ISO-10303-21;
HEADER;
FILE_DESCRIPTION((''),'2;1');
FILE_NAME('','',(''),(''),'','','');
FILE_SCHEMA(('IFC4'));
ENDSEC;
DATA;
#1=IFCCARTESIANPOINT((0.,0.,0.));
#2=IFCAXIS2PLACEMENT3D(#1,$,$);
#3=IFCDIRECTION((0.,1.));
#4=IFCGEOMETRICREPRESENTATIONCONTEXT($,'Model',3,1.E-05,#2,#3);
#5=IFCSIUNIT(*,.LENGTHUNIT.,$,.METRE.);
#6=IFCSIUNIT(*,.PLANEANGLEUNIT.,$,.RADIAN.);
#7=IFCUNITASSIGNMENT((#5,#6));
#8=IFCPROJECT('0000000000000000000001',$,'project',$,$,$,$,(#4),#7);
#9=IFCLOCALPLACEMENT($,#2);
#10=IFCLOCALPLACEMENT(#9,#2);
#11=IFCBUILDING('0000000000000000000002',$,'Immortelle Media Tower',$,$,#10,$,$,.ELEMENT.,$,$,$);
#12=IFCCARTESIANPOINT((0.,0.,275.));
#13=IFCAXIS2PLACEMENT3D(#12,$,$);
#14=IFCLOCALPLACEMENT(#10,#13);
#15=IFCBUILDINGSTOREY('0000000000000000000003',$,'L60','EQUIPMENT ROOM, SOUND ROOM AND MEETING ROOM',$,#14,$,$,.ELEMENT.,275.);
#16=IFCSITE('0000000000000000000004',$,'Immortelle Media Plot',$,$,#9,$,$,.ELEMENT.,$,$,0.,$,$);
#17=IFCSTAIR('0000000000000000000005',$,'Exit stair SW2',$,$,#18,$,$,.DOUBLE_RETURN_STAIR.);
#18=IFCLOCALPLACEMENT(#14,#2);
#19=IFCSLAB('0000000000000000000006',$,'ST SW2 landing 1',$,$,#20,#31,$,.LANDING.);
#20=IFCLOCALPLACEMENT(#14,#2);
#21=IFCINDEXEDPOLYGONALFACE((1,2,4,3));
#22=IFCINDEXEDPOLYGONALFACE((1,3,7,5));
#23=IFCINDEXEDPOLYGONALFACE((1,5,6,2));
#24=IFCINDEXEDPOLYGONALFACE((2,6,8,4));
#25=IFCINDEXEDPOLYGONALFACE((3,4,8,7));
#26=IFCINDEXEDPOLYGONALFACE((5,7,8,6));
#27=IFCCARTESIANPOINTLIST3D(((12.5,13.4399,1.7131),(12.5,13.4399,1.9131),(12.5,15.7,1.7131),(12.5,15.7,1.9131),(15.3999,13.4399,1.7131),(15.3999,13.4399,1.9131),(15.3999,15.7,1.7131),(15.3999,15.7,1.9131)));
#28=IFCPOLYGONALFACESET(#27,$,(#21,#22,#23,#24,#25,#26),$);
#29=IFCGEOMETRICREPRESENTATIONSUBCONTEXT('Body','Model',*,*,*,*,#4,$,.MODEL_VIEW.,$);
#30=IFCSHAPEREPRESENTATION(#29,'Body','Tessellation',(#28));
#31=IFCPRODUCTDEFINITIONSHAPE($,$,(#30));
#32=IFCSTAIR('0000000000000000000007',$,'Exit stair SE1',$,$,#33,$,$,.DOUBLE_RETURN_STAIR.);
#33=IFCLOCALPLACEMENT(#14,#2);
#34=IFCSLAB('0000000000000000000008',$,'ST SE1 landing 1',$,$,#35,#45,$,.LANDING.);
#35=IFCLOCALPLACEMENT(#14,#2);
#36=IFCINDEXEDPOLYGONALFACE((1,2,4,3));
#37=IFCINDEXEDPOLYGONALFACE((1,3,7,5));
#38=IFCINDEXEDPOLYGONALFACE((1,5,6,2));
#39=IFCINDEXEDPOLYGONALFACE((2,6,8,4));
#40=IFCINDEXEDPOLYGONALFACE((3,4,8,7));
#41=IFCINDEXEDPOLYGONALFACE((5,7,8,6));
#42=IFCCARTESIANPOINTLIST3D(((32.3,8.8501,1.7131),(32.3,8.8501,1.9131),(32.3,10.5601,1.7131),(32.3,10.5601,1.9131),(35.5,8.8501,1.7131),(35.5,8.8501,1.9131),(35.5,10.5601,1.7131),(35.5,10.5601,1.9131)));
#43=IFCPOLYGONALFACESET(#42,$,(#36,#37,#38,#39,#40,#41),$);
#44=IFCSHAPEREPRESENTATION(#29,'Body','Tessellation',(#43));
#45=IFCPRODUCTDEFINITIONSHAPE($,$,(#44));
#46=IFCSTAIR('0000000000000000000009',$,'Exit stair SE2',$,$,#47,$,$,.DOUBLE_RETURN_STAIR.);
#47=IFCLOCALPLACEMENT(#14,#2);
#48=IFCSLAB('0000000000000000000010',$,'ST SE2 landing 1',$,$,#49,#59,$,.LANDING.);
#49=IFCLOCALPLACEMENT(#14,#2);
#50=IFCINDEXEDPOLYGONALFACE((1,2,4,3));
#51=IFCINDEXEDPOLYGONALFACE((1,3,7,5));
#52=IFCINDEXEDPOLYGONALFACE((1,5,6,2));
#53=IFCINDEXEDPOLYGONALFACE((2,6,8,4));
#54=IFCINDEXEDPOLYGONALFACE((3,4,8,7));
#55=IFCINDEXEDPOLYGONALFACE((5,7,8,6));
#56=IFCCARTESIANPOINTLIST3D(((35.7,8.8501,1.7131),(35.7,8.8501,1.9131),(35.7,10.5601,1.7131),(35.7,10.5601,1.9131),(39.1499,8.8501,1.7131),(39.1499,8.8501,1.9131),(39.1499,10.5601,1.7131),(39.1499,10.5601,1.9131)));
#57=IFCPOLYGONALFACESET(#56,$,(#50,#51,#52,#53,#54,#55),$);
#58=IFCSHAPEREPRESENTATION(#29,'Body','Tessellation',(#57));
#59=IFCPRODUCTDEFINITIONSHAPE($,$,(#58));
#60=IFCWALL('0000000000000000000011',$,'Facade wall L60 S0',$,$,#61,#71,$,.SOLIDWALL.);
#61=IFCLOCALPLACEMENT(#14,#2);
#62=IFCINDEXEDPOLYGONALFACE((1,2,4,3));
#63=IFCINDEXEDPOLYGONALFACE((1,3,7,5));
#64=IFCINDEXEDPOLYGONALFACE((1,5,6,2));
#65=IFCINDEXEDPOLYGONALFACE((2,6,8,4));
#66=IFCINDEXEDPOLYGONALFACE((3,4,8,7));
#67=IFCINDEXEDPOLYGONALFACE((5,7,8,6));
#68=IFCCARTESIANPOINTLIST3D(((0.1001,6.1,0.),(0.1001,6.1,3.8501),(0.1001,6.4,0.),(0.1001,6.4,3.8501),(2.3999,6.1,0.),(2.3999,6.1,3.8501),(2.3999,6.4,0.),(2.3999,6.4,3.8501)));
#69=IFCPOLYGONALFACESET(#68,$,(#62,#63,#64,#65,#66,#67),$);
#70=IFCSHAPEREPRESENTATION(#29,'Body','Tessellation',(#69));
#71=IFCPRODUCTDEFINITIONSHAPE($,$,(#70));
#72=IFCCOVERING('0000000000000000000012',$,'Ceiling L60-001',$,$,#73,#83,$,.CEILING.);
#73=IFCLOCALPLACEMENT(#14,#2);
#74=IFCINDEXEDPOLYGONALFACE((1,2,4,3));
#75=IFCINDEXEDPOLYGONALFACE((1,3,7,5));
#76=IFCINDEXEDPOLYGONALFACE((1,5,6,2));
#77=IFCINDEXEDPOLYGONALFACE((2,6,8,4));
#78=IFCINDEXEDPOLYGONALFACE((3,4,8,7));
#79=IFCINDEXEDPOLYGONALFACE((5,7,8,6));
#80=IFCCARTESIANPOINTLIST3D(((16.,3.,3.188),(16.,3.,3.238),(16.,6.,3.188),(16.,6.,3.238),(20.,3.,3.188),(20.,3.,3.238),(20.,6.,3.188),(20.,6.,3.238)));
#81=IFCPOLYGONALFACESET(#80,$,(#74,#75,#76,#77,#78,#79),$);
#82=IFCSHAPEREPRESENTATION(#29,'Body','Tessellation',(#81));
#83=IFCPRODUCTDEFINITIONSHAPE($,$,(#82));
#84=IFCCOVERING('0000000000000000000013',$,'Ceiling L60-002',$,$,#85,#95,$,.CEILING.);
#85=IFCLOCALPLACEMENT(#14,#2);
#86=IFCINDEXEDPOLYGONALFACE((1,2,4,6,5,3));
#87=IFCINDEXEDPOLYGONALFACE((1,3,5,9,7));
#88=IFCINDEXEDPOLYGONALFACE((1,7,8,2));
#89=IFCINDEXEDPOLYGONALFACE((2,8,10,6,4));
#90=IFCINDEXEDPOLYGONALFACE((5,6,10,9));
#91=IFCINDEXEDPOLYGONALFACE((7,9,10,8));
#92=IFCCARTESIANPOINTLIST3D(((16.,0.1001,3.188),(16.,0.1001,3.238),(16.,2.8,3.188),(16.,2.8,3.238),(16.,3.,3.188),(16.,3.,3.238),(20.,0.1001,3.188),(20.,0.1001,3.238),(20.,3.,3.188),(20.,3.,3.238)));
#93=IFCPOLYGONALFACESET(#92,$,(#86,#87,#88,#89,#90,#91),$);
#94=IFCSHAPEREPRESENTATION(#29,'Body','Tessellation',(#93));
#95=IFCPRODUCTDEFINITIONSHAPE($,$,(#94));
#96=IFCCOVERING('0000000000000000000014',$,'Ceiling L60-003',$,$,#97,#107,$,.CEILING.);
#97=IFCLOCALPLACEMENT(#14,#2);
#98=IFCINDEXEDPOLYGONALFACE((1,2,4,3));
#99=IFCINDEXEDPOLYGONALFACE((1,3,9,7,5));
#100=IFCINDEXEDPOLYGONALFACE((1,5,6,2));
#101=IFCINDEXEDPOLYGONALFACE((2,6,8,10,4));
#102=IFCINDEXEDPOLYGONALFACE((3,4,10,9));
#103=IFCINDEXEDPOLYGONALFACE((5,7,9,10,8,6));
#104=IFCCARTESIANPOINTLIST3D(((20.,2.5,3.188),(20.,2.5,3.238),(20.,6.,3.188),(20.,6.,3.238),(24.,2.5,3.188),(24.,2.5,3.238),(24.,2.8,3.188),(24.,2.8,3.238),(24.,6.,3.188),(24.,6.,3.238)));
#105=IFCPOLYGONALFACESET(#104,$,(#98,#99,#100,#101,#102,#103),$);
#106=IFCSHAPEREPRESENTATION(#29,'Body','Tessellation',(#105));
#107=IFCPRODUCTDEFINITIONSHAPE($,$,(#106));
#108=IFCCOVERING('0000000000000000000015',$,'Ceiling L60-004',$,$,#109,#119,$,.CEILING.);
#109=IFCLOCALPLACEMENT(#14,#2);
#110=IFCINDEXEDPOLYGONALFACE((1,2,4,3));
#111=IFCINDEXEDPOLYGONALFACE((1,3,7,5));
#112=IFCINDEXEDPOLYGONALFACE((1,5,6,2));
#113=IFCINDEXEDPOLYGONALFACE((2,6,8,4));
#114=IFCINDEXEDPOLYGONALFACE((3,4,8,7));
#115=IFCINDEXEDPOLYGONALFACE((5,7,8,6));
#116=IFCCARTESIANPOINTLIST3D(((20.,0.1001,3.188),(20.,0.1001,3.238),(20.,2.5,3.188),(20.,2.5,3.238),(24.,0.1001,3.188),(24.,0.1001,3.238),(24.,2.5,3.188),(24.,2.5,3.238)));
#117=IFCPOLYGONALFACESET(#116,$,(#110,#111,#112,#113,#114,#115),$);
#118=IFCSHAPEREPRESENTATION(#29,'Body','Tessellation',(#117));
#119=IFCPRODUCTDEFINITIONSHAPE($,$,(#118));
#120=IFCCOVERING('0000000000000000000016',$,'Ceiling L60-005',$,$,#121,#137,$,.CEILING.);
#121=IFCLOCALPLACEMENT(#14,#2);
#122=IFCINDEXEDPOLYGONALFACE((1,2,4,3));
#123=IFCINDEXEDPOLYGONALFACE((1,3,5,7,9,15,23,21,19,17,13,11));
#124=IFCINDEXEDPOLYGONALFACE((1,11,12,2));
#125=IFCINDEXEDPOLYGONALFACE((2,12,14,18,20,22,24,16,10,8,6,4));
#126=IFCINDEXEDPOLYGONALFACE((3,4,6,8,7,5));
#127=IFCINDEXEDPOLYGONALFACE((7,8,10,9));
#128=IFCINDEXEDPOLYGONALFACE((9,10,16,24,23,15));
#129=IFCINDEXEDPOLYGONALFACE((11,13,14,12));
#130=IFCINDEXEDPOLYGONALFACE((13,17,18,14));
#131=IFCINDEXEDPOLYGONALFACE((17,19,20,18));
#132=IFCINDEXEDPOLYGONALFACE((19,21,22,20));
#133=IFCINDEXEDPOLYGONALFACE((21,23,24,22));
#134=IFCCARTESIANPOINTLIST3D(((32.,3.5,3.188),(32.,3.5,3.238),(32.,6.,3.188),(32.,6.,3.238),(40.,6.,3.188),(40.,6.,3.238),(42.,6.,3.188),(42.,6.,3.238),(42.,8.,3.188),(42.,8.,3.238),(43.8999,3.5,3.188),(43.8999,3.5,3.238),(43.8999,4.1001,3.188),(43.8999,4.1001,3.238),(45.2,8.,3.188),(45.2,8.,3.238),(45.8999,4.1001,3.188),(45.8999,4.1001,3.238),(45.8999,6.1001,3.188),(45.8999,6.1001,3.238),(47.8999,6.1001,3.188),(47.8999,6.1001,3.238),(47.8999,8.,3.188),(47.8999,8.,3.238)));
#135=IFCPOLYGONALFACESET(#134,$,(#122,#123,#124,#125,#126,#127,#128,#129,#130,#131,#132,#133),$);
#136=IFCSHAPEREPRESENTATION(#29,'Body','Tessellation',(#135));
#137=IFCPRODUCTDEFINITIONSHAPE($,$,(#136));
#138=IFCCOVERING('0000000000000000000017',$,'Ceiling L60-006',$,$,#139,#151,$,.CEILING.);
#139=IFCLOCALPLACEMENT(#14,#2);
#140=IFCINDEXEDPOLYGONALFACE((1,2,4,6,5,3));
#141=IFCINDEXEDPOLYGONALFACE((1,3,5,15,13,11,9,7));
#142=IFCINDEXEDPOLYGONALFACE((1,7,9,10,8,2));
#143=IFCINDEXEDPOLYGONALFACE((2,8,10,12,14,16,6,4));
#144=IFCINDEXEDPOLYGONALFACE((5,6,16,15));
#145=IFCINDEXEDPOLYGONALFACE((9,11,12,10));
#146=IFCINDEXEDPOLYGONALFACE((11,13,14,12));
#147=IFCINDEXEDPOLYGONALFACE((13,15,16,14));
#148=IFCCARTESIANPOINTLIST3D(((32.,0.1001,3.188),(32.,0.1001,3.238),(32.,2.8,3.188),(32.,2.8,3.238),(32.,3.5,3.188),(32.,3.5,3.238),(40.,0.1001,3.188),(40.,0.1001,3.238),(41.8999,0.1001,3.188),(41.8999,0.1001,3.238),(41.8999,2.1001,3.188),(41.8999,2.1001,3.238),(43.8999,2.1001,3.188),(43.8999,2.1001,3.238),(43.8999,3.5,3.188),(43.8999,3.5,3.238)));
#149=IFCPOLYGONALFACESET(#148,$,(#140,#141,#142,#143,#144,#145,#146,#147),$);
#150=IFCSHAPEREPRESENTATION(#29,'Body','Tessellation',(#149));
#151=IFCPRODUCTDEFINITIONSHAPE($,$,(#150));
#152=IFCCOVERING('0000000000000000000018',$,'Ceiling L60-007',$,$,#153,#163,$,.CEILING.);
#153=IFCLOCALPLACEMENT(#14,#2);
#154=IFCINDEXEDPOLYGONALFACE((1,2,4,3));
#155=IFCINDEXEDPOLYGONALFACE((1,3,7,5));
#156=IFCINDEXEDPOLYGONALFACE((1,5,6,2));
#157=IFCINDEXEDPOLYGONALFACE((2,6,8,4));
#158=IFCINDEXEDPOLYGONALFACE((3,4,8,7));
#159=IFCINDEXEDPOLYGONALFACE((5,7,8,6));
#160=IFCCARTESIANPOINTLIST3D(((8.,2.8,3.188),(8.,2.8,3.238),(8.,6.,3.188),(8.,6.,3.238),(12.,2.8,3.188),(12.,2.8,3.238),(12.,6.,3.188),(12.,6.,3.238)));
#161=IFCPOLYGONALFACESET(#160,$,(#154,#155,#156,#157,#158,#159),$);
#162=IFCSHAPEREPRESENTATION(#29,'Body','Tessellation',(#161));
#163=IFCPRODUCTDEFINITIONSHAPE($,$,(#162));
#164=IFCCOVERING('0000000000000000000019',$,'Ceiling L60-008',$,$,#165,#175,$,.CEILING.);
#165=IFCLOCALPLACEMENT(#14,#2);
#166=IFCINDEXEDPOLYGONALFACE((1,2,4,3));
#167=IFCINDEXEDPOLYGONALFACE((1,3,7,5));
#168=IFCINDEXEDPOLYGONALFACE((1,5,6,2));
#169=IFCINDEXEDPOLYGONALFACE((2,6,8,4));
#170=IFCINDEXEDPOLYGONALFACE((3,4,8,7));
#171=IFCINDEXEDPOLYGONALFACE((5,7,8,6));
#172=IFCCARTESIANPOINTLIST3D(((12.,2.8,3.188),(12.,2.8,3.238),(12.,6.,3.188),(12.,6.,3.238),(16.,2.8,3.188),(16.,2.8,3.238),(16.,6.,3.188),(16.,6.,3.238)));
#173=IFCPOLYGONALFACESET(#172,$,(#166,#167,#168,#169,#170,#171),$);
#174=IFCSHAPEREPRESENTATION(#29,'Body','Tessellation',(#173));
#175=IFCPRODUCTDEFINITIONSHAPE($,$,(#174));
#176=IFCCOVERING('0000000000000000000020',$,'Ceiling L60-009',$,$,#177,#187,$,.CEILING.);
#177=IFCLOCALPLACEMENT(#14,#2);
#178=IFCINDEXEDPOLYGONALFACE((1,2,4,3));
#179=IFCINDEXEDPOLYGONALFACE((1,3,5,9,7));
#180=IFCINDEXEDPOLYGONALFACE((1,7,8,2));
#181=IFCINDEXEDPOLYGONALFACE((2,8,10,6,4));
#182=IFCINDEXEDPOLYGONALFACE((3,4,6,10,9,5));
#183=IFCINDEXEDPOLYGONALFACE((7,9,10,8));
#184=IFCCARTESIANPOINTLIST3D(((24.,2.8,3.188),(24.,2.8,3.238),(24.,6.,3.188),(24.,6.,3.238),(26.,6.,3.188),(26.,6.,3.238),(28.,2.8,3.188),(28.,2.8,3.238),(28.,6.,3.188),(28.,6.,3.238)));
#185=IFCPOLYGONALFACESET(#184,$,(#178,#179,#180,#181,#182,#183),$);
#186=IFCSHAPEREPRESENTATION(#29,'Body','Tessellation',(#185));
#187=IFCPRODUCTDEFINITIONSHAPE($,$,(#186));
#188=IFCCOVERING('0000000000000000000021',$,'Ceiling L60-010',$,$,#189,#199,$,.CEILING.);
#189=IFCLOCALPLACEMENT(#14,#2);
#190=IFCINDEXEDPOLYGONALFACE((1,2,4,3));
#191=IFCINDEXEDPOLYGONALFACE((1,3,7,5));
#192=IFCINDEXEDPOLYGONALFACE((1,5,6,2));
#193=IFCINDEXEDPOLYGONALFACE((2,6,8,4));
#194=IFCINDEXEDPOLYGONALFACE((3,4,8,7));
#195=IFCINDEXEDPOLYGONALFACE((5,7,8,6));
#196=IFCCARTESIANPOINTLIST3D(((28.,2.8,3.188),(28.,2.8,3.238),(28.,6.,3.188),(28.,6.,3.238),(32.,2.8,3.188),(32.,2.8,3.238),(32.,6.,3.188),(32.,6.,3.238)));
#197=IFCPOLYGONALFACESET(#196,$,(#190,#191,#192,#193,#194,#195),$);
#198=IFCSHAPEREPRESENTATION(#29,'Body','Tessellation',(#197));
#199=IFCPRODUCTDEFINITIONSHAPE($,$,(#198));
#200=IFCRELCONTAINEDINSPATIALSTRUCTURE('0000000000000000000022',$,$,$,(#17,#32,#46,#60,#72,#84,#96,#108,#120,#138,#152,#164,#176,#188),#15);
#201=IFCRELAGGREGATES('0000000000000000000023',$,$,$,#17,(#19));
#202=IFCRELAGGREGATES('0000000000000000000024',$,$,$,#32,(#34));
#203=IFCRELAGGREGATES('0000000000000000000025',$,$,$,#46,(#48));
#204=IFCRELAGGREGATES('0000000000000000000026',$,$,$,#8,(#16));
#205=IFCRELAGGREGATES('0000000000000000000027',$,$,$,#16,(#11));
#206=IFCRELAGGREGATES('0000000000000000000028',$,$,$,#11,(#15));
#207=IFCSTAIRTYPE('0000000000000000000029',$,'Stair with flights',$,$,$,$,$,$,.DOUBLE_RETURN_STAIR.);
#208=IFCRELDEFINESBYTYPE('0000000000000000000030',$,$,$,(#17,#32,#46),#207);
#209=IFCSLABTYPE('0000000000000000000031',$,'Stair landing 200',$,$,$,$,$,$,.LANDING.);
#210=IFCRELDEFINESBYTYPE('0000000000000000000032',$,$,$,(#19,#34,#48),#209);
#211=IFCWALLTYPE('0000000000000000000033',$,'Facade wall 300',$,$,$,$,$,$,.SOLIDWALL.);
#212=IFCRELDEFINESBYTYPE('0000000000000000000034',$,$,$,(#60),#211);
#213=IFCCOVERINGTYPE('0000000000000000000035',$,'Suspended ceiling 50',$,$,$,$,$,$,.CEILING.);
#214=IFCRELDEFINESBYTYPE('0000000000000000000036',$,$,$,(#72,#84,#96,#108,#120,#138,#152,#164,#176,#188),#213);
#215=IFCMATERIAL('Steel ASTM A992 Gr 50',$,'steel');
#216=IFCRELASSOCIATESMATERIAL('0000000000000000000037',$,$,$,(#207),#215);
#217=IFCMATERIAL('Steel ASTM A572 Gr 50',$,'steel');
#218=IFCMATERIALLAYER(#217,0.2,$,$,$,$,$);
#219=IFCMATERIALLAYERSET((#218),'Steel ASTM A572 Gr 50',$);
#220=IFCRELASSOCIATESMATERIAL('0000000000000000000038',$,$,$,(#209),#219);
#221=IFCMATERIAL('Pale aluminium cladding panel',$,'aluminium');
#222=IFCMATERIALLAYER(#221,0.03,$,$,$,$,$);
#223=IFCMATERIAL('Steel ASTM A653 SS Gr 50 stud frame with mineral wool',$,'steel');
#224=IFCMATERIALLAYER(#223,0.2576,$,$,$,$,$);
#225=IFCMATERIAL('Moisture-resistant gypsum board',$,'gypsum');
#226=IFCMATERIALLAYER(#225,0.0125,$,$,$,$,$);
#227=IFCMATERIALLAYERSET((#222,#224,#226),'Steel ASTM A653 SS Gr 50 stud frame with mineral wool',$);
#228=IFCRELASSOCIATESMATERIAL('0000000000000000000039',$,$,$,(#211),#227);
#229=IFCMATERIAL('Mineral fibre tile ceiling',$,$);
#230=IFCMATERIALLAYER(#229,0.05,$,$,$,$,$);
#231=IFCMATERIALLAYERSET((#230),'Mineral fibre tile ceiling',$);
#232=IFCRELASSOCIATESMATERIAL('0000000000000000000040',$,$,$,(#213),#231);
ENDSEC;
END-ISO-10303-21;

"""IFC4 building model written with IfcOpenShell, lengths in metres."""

from ifc_helpers import new_model, si_unit, direction, frame, frame_2d, origin, place, context, subcontext, project, spatial, polyline, rectangle, outline, extrude, material, layer, layer_set, type_object, element, aggregate, save


model = new_model("IFC4")

# Units and contexts
model_context = context("Model", 3, precision=1e-05, world=origin(), true_north=direction((0.0, 1.0)))
body_context = subcontext(model_context, "Body", "Model", "MODEL_VIEW")
ifc_project = project(units=[si_unit("LENGTHUNIT", "METRE"), si_unit("PLANEANGLEUNIT", "RADIAN")], contexts=[model_context])

# Site, building, storey
site_placement = place(None, origin())
site = spatial("IfcSite", under=ifc_project, at=site_placement, Name="Immortelle Media Plot", CompositionType="ELEMENT", RefElevation=0.0)
building_placement = place(site_placement, origin())
building = spatial("IfcBuilding", under=site, at=building_placement, Name="Immortelle Media Tower", CompositionType="ELEMENT")
storey_placement = place(building_placement, frame((0.0, 0.0, 275.0)))
storey = spatial("IfcBuildingStorey", under=building, at=storey_placement, Name="L60", Description="EQUIPMENT ROOM, SOUND ROOM AND MEETING ROOM", CompositionType="ELEMENT", Elevation=275.0)

# Shared definitions
ifc_material_1 = material(Name="Steel ASTM A992 Gr 50", Category="steel")

# Stairs, slabs
stair_type = type_object("IfcStairType", Name="Stair with flights", PredefinedType="DOUBLE_RETURN_STAIR", material=ifc_material_1)
ifc_material_2 = material(Name="Steel ASTM A572 Gr 50", Category="steel")
ifc_layer_1 = layer(ifc_material_2, 0.2)
ifc_layer_set_1 = layer_set([ifc_layer_1], Name="Steel ASTM A572 Gr 50")
slab_type_1 = type_object("IfcSlabType", Name="Stair landing 200", PredefinedType="LANDING", material=ifc_layer_set_1)
stair_1_placement = place(storey_placement, origin())
stair_1 = element("IfcStair", 1, at=stair_1_placement, inside=storey, type_object=stair_type, Name="Exit stair SW2", PredefinedType="DOUBLE_RETURN_STAIR")
slab_1_placement = place(storey_placement, frame((0.0, 0.0, 1.7131)))
slab_1 = element("IfcSlab", 2, at=slab_1_placement, type_object=slab_type_1, Name="ST SW2 landing 1", PredefinedType="LANDING", context=body_context, shape_type="SweptSolid", body=[
    extrude(outline(polyline([(12.5, 13.4399), (15.3999, 13.4399), (15.3999, 15.7), (12.5, 15.7), (12.5, 13.4399)])), origin(), (0.0, 0.0, 1.0), 0.2),
])
aggregate(stair_1, [slab_1])
stair_2_placement = place(storey_placement, origin())
stair_2 = element("IfcStair", 3, at=stair_2_placement, inside=storey, type_object=stair_type, Name="Exit stair SE1", PredefinedType="DOUBLE_RETURN_STAIR")
slab_2_placement = place(storey_placement, frame((0.0, 0.0, 1.7131)))
slab_2 = element("IfcSlab", 4, at=slab_2_placement, type_object=slab_type_1, Name="ST SE1 landing 1", PredefinedType="LANDING", context=body_context, shape_type="SweptSolid", body=[
    extrude(outline(polyline([(32.3, 8.8501), (35.5, 8.8501), (35.5, 10.5601), (32.3, 10.5601), (32.3, 8.8501)])), origin(), (0.0, 0.0, 1.0), 0.2),
])
aggregate(stair_2, [slab_2])
stair_3_placement = place(storey_placement, origin())
stair_3 = element("IfcStair", 5, at=stair_3_placement, inside=storey, type_object=stair_type, Name="Exit stair SE2", PredefinedType="DOUBLE_RETURN_STAIR")
slab_3_placement = place(storey_placement, frame((0.0, 0.0, 1.7131)))
slab_3 = element("IfcSlab", 6, at=slab_3_placement, type_object=slab_type_1, Name="ST SE2 landing 1", PredefinedType="LANDING", context=body_context, shape_type="SweptSolid", body=[
    extrude(outline(polyline([(35.7, 8.8501), (39.1499, 8.8501), (39.1499, 10.5601), (35.7, 10.5601), (35.7, 8.8501)])), origin(), (0.0, 0.0, 1.0), 0.2),
])
aggregate(stair_3, [slab_3])

# Wall
ifc_material_3 = material(Name="Pale aluminium cladding panel", Category="aluminium")
ifc_layer_2 = layer(ifc_material_3, 0.03)
ifc_material_4 = material(Name="Steel ASTM A653 SS Gr 50 stud frame with mineral wool", Category="steel")
ifc_layer_3 = layer(ifc_material_4, 0.2576)
ifc_material_5 = material(Name="Moisture-resistant gypsum board", Category="gypsum")
ifc_layer_4 = layer(ifc_material_5, 0.0125)
ifc_layer_set_2 = layer_set([ifc_layer_2, ifc_layer_3, ifc_layer_4], Name="Steel ASTM A653 SS Gr 50 stud frame with mineral wool")
wall_type = type_object("IfcWallType", Name="Facade wall 300", PredefinedType="SOLIDWALL", material=ifc_layer_set_2)
wall_placement = place(storey_placement, frame((0.1001, 6.25, 0.0), z_axis=(0.0, 0.0, 1.0), x_axis=(1.0, 0.0, 0.0)))
element("IfcWall", 7, at=wall_placement, inside=storey, type_object=wall_type, Name="Facade wall L60 S0", PredefinedType="SOLIDWALL", context=body_context, shape_type="SweptSolid", body=[
    extrude(rectangle(XDim=2.2998, YDim=0.3, at=frame_2d((1.1499, 0.0))), origin(), (0.0, 0.0, 1.0), 3.8501),
])

# Coverings
ifc_material_6 = material(Name="Mineral fibre tile ceiling")
ifc_layer_5 = layer(ifc_material_6, 0.05)
ifc_layer_set_3 = layer_set([ifc_layer_5], Name="Mineral fibre tile ceiling")
covering_type = type_object("IfcCoveringType", Name="Suspended ceiling 50", PredefinedType="CEILING", material=ifc_layer_set_3)
covering_1_placement = place(storey_placement, frame((0.0, 0.0, 3.188)))
element("IfcCovering", 8, at=covering_1_placement, inside=storey, type_object=covering_type, Name="Ceiling L60-001", PredefinedType="CEILING", context=body_context, shape_type="SweptSolid", body=[
    extrude(outline(polyline([(16.0, 6.0), (20.0, 6.0), (20.0, 3.0), (16.0, 3.0), (16.0, 6.0)])), origin(), (0.0, 0.0, 1.0), 0.05),
])
covering_2_placement = place(storey_placement, frame((0.0, 0.0, 3.188)))
element("IfcCovering", 9, at=covering_2_placement, inside=storey, type_object=covering_type, Name="Ceiling L60-002", PredefinedType="CEILING", context=body_context, shape_type="SweptSolid", body=[
    extrude(outline(polyline([(16.0, 3.0), (20.0, 3.0), (20.0, 0.1001), (16.0, 0.1001), (16.0, 2.8), (16.0, 3.0)])), origin(), (0.0, 0.0, 1.0), 0.05),
])
covering_3_placement = place(storey_placement, frame((0.0, 0.0, 3.188)))
element("IfcCovering", 10, at=covering_3_placement, inside=storey, type_object=covering_type, Name="Ceiling L60-003", PredefinedType="CEILING", context=body_context, shape_type="SweptSolid", body=[
    extrude(outline(polyline([(24.0, 2.8), (24.0, 2.5), (20.0, 2.5), (20.0, 6.0), (24.0, 6.0), (24.0, 2.8)])), origin(), (0.0, 0.0, 1.0), 0.05),
])
covering_4_placement = place(storey_placement, frame((0.0, 0.0, 3.188)))
element("IfcCovering", 11, at=covering_4_placement, inside=storey, type_object=covering_type, Name="Ceiling L60-004", PredefinedType="CEILING", context=body_context, shape_type="SweptSolid", body=[
    extrude(outline(polyline([(24.0, 0.1001), (20.0, 0.1001), (20.0, 2.5), (24.0, 2.5), (24.0, 0.1001)])), origin(), (0.0, 0.0, 1.0), 0.05),
])
covering_5_placement = place(storey_placement, frame((0.0, 0.0, 3.188)))
element("IfcCovering", 12, at=covering_5_placement, inside=storey, type_object=covering_type, Name="Ceiling L60-005", PredefinedType="CEILING", context=body_context, shape_type="SweptSolid", body=[
    extrude(outline(polyline([(32.0, 6.0), (40.0, 6.0), (42.0, 6.0), (42.0, 8.0), (45.2, 8.0), (47.8999, 8.0), (47.8999, 6.1001), (45.8999, 6.1001), (45.8999, 4.1001), (43.8999, 4.1001), (43.8999, 3.5), (32.0, 3.5), (32.0, 6.0)])), origin(), (0.0, 0.0, 1.0), 0.05),
])
covering_6_placement = place(storey_placement, frame((0.0, 0.0, 3.188)))
element("IfcCovering", 13, at=covering_6_placement, inside=storey, type_object=covering_type, Name="Ceiling L60-006", PredefinedType="CEILING", context=body_context, shape_type="SweptSolid", body=[
    extrude(outline(polyline([(32.0, 3.5), (43.8999, 3.5), (43.8999, 2.1001), (41.8999, 2.1001), (41.8999, 0.1001), (40.0, 0.1001), (32.0, 0.1001), (32.0, 2.8), (32.0, 3.5)])), origin(), (0.0, 0.0, 1.0), 0.05),
])
covering_7_placement = place(storey_placement, frame((0.0, 0.0, 3.188)))
element("IfcCovering", 14, at=covering_7_placement, inside=storey, type_object=covering_type, Name="Ceiling L60-007", PredefinedType="CEILING", context=body_context, shape_type="SweptSolid", body=[
    extrude(outline(polyline([(8.0, 6.0), (12.0, 6.0), (12.0, 2.8), (8.0, 2.8), (8.0, 6.0)])), origin(), (0.0, 0.0, 1.0), 0.05),
])
covering_8_placement = place(storey_placement, frame((0.0, 0.0, 3.188)))
element("IfcCovering", 15, at=covering_8_placement, inside=storey, type_object=covering_type, Name="Ceiling L60-008", PredefinedType="CEILING", context=body_context, shape_type="SweptSolid", body=[
    extrude(outline(polyline([(16.0, 6.0), (16.0, 2.8), (12.0, 2.8), (12.0, 6.0), (16.0, 6.0)])), origin(), (0.0, 0.0, 1.0), 0.05),
])
covering_9_placement = place(storey_placement, frame((0.0, 0.0, 3.188)))
element("IfcCovering", 16, at=covering_9_placement, inside=storey, type_object=covering_type, Name="Ceiling L60-009", PredefinedType="CEILING", context=body_context, shape_type="SweptSolid", body=[
    extrude(outline(polyline([(24.0, 6.0), (26.0, 6.0), (28.0, 6.0), (28.0, 2.8), (24.0, 2.8), (24.0, 6.0)])), origin(), (0.0, 0.0, 1.0), 0.05),
])
covering_10_placement = place(storey_placement, frame((0.0, 0.0, 3.188)))
element("IfcCovering", 17, at=covering_10_placement, inside=storey, type_object=covering_type, Name="Ceiling L60-010", PredefinedType="CEILING", context=body_context, shape_type="SweptSolid", body=[
    extrude(outline(polyline([(32.0, 6.0), (32.0, 2.8), (28.0, 2.8), (28.0, 6.0), (32.0, 6.0)])), origin(), (0.0, 0.0, 1.0), 0.05),
])

save(model, "model.ifc")
